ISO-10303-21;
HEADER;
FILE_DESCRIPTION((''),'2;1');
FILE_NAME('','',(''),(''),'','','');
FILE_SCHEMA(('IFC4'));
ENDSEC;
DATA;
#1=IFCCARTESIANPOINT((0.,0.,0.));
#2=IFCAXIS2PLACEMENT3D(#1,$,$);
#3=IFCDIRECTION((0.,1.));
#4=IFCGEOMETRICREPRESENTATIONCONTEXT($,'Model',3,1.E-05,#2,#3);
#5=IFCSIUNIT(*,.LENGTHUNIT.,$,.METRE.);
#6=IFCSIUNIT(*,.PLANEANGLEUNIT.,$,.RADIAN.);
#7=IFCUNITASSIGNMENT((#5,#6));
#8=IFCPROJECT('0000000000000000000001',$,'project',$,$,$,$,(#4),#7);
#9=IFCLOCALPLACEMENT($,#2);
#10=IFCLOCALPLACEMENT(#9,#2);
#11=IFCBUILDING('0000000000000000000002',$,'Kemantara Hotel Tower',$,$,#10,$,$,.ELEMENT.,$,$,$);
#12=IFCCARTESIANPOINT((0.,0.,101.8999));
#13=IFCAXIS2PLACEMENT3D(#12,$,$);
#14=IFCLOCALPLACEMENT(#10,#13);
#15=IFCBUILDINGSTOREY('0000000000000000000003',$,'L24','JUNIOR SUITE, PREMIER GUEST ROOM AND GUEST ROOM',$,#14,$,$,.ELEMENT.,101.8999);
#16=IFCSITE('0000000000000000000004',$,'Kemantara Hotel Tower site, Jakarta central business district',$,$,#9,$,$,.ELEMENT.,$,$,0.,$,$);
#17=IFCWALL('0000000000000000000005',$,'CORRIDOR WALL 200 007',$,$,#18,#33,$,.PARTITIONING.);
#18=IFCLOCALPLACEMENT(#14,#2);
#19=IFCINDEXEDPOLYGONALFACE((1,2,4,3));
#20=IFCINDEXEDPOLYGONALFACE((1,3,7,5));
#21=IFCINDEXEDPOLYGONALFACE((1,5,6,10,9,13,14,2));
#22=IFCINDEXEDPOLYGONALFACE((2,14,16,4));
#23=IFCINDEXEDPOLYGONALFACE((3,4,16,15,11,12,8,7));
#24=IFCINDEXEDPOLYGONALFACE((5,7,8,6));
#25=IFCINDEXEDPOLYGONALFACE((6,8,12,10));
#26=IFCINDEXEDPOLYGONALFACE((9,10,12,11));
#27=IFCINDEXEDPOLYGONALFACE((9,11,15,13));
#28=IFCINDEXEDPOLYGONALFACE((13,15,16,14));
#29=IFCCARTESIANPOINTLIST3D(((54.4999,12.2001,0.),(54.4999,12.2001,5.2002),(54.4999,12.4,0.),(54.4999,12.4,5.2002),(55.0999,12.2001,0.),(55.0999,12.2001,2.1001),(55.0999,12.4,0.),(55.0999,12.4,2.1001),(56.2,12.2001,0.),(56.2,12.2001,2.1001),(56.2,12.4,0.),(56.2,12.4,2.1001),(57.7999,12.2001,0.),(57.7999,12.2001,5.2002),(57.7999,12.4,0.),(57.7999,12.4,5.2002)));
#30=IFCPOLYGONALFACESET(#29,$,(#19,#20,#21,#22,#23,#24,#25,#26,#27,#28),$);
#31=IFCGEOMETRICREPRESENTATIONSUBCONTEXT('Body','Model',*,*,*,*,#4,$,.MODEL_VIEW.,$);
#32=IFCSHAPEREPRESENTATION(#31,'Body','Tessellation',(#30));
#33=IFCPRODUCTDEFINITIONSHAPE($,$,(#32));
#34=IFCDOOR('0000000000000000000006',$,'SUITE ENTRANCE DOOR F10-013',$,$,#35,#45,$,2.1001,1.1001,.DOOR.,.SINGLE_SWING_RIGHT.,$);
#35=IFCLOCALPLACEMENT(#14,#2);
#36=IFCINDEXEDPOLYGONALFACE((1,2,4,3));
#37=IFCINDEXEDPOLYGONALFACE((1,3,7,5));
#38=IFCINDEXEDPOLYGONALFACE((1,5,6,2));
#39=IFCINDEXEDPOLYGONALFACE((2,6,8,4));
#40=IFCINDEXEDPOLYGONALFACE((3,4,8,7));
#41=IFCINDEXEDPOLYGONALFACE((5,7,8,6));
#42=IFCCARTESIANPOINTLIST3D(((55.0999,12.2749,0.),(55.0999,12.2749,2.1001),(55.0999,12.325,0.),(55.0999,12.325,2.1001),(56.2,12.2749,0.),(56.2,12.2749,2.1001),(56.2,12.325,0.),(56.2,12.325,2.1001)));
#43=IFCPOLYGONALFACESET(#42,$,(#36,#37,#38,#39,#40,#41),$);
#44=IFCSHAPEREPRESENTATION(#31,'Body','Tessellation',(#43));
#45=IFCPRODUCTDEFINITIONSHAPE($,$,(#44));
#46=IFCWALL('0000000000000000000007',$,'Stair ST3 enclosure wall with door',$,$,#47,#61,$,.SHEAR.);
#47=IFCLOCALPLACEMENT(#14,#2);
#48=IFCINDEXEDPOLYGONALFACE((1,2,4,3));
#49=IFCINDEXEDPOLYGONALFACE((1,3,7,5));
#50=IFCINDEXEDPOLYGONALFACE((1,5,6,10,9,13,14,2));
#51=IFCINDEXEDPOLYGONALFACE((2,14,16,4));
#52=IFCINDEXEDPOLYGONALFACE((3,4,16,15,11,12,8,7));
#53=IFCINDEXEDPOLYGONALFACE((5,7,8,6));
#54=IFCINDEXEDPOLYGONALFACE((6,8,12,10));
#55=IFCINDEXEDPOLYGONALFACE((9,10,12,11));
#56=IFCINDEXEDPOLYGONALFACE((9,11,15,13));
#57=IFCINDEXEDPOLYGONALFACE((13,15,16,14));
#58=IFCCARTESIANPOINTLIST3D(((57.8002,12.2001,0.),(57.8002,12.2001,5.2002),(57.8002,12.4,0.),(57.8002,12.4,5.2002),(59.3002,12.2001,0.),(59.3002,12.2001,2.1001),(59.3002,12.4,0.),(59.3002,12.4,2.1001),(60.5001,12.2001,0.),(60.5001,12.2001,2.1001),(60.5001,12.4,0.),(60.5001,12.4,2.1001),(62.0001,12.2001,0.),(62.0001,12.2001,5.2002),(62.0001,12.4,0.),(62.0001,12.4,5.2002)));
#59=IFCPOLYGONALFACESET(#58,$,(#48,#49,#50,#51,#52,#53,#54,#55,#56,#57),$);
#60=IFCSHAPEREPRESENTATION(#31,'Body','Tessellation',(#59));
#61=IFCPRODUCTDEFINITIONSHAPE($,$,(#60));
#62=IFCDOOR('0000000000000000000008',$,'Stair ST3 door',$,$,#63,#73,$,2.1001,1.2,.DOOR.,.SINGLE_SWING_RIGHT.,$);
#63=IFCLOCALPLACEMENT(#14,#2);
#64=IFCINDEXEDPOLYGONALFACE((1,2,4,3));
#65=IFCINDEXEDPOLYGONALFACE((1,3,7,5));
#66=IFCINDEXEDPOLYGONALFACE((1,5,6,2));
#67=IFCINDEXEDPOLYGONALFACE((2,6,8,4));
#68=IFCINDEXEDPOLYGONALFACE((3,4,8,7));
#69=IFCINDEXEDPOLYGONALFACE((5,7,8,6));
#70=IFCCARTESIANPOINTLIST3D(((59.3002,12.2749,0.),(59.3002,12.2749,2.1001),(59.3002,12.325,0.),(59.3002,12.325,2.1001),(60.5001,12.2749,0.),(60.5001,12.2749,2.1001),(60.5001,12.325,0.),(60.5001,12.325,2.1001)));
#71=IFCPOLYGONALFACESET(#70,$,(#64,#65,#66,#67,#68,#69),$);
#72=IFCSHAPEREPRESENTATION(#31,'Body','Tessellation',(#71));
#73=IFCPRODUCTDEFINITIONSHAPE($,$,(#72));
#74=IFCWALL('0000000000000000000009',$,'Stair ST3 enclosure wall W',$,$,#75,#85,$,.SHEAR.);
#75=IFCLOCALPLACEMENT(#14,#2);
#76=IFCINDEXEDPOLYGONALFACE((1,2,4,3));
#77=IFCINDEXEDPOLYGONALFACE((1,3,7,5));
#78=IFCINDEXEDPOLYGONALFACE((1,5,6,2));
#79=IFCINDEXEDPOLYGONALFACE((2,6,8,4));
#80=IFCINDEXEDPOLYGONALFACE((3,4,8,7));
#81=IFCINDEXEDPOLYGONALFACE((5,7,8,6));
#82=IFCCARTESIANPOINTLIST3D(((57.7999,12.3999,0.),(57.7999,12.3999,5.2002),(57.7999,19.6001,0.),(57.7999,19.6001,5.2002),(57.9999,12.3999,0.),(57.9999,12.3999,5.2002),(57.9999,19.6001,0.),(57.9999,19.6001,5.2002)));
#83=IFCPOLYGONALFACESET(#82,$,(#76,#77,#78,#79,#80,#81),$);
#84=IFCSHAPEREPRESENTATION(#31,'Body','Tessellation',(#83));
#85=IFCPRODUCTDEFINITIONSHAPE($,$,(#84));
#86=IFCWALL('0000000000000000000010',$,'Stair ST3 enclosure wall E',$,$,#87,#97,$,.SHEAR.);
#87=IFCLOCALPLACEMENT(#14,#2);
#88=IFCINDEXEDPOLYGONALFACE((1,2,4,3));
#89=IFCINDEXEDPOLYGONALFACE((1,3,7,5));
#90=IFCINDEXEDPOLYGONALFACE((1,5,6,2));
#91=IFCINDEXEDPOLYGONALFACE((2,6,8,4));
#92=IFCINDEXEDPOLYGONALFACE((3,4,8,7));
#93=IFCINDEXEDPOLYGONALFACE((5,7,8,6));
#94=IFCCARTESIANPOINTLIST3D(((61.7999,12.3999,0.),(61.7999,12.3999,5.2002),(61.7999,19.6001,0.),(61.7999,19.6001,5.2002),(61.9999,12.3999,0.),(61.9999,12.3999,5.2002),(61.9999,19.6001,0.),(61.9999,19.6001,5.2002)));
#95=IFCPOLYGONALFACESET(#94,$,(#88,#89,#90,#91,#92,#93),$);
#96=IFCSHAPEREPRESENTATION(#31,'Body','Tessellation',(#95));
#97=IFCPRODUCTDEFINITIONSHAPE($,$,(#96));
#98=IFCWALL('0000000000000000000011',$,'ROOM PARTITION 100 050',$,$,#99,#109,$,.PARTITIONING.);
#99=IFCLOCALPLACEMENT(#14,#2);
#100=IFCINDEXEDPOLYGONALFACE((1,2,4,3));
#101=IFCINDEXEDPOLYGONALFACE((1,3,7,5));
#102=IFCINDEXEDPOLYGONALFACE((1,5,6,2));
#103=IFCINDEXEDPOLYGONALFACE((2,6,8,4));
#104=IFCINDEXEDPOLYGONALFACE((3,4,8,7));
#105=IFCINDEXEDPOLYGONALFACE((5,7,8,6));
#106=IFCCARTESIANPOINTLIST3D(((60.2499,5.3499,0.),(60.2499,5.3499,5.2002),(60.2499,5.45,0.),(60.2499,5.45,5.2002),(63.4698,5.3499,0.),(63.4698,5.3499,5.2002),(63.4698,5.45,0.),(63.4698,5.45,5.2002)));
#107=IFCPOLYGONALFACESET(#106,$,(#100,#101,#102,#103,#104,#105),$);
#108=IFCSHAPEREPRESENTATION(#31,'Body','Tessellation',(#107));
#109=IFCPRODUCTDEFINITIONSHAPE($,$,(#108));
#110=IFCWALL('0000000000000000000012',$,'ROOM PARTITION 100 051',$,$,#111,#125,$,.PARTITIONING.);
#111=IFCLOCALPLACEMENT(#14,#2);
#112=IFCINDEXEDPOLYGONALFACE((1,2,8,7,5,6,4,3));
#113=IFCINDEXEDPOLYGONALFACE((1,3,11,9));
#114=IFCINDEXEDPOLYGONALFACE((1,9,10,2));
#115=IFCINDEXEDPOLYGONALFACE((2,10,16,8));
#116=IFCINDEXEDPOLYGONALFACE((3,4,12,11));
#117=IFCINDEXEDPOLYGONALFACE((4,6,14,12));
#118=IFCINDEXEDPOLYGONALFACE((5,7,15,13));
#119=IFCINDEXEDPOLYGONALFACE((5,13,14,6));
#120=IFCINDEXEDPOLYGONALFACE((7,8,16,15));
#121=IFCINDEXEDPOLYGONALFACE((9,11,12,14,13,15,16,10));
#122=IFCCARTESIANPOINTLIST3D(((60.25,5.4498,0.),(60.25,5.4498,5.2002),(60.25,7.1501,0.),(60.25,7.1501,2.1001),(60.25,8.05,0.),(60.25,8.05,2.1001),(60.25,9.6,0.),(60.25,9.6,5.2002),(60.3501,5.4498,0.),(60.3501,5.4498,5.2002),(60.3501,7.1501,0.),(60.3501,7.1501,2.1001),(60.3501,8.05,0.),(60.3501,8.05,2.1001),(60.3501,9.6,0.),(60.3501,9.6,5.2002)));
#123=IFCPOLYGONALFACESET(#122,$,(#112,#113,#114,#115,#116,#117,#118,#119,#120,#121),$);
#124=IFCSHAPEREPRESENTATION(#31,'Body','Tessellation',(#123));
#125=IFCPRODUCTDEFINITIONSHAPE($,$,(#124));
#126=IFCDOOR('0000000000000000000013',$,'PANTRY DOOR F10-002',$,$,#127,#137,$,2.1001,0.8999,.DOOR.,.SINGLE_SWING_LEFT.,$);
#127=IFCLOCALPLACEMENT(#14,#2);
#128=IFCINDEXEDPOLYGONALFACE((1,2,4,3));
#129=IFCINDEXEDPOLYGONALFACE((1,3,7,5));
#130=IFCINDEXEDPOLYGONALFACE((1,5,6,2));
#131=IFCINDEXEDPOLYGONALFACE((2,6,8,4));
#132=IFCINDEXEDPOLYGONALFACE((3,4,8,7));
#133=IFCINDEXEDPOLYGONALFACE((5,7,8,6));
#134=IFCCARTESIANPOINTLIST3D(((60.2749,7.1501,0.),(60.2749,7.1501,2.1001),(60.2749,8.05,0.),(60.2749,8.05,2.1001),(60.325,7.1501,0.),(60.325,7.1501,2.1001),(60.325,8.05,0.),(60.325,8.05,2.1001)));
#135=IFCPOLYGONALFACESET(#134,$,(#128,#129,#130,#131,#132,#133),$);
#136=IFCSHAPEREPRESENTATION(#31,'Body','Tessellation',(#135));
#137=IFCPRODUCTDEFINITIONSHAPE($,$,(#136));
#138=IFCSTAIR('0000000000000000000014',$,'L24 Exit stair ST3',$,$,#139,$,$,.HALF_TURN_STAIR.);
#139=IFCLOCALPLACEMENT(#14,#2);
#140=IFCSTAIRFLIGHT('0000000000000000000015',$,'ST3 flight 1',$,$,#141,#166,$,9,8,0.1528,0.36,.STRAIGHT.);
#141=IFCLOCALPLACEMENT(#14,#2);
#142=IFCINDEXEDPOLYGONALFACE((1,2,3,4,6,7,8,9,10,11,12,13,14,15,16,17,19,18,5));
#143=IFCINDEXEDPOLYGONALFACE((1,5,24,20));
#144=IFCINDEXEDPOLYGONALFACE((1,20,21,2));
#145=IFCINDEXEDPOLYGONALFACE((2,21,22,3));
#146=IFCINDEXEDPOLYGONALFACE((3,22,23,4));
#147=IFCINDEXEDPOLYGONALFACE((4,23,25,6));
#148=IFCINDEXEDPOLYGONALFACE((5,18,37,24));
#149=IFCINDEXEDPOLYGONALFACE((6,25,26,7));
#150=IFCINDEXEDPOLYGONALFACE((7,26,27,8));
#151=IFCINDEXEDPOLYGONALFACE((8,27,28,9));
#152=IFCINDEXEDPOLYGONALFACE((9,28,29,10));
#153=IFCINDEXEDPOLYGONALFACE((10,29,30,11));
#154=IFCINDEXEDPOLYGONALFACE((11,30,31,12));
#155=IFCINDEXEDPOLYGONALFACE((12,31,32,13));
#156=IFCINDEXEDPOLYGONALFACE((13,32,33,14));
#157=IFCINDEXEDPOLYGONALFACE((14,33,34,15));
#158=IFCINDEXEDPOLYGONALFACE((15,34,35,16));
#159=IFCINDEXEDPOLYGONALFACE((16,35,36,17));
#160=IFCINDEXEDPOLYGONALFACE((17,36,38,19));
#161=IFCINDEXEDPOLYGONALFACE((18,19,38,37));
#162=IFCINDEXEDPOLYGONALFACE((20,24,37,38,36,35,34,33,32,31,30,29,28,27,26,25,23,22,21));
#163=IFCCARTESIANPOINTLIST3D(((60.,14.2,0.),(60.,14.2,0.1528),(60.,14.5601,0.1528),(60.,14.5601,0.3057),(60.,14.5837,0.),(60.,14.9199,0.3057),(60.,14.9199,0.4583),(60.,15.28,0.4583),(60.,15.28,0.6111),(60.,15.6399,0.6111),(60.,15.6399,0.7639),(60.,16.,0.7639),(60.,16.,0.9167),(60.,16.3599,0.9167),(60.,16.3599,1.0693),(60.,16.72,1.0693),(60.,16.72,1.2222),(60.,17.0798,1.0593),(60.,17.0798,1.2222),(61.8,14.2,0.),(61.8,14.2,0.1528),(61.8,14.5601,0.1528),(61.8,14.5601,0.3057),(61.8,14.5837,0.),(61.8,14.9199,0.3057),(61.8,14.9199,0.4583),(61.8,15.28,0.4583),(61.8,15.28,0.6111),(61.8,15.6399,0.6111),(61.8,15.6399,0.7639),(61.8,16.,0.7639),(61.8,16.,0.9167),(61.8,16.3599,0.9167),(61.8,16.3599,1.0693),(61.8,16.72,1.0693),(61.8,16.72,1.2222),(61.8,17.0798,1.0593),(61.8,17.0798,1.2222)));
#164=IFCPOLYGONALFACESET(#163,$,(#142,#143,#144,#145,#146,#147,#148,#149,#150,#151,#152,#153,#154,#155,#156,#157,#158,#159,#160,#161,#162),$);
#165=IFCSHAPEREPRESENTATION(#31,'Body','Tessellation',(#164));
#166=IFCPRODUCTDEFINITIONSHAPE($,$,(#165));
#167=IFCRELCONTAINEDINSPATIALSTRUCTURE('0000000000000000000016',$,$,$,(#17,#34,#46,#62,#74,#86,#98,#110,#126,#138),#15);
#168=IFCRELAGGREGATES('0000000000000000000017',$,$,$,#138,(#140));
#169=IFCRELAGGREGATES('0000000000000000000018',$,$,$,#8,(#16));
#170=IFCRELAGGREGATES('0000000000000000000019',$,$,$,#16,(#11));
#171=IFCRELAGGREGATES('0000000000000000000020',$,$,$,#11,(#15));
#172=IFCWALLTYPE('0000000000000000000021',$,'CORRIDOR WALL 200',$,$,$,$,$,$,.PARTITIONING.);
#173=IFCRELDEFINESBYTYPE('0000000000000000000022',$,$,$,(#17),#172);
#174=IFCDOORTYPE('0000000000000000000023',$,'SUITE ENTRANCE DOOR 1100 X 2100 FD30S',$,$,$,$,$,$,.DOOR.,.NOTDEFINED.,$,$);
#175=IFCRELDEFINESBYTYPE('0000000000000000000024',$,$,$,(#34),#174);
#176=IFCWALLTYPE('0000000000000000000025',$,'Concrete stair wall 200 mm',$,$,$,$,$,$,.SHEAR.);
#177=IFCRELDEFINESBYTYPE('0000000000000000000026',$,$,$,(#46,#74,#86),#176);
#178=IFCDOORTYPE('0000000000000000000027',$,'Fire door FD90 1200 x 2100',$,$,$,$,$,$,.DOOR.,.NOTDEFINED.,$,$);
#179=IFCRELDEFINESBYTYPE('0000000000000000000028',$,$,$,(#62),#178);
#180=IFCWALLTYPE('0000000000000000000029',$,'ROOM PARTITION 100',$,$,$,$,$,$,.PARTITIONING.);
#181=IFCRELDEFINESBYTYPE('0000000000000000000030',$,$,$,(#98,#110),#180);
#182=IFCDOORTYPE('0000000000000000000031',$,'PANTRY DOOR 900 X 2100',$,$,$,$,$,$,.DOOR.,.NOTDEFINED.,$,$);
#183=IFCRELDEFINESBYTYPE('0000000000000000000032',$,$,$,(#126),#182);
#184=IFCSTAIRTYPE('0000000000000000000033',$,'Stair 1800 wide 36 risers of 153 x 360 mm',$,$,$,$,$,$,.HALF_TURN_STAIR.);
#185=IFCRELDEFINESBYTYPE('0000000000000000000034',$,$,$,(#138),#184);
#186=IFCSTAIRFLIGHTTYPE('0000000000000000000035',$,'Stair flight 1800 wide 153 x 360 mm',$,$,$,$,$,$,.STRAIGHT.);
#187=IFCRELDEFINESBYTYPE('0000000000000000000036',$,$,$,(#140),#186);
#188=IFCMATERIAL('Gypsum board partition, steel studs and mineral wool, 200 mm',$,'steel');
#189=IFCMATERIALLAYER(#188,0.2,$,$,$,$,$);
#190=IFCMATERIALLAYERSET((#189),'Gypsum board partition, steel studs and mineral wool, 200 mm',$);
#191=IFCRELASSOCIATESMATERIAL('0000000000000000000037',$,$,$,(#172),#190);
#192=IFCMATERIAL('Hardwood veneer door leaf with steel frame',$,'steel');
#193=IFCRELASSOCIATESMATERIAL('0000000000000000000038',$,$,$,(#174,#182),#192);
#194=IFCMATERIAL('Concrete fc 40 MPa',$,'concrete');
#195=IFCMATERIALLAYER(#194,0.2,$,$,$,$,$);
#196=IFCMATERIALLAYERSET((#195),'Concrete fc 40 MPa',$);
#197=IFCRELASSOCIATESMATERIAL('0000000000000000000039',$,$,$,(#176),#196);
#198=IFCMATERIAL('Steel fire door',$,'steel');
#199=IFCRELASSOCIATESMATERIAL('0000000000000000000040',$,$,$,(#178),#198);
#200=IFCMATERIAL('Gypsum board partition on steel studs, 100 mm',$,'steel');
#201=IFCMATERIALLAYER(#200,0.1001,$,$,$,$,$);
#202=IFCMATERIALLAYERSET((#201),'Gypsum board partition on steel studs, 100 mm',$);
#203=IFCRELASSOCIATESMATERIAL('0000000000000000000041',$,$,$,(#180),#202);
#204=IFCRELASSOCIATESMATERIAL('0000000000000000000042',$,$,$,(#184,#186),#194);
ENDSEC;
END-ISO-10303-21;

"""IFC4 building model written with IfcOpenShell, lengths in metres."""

from ifc_helpers import new_model, si_unit, direction, frame, frame_2d, origin, place, context, subcontext, project, spatial, polyline, rectangle, outline, extrude, material, layer, layer_set, type_object, element, fill, aggregate, save


model = new_model("IFC4")

# Units and contexts
model_context = context("Model", 3, precision=1e-05, world=origin(), true_north=direction((0.0, 1.0)))
body_context = subcontext(model_context, "Body", "Model", "MODEL_VIEW")
ifc_project = project(units=[si_unit("LENGTHUNIT", "METRE"), si_unit("PLANEANGLEUNIT", "RADIAN")], contexts=[model_context])

# Site, building, storey
site_placement = place(None, origin())
site = spatial("IfcSite", under=ifc_project, at=site_placement, Name="Kemantara Hotel Tower site, Jakarta central business district", CompositionType="ELEMENT", RefElevation=0.0)
building_placement = place(site_placement, origin())
building = spatial("IfcBuilding", under=site, at=building_placement, Name="Kemantara Hotel Tower", CompositionType="ELEMENT")
storey_placement = place(building_placement, frame((0.0, 0.0, 101.8999)))
storey = spatial("IfcBuildingStorey", under=building, at=storey_placement, Name="L24", Description="JUNIOR SUITE, PREMIER GUEST ROOM AND GUEST ROOM", CompositionType="ELEMENT", Elevation=101.8999)

# Shared definitions
ifc_material_1 = material(Name="Gypsum board partition, steel studs and mineral wool, 200 mm", Category="steel")
ifc_layer_1 = layer(ifc_material_1, 0.2)
ifc_layer_set_1 = layer_set([ifc_layer_1], Name="Gypsum board partition, steel studs and mineral wool, 200 mm")
wall_type_1 = type_object("IfcWallType", Name="CORRIDOR WALL 200", PredefinedType="PARTITIONING", material=ifc_layer_set_1)

# Walls, openings, doors
wall_1_placement = place(storey_placement, frame((54.5, 12.3, 0.0), z_axis=(0.0, 0.0, 1.0), x_axis=(1.0, 0.0, 0.0)))
wall_1 = element("IfcWall", 1, at=wall_1_placement, inside=storey, type_object=wall_type_1, Name="CORRIDOR WALL 200 007", PredefinedType="PARTITIONING", context=body_context, shape_type="SweptSolid", body=[
    extrude(rectangle(XDim=3.3, YDim=0.2, at=frame_2d((1.6499, 0.0))), origin(), (0.0, 0.0, 1.0), 5.2002),
])
opening_1_placement = place(wall_1_placement, frame((0.5999, 0.0, 0.0)))
opening_1 = element("IfcOpeningElement", 2, at=opening_1_placement, cuts=wall_1, PredefinedType="OPENING", context=body_context, shape_type="SweptSolid", body=[
    extrude(rectangle(XDim=1.1001, YDim=2.1001, at=frame_2d((0.55, 1.05))), frame((0.0, 0.1099, 0.0), z_axis=(0.0, -1.0, 0.0), x_axis=(1.0, 0.0, 0.0)), (0.0, 0.0, 1.0), 0.22),
])
ifc_material_2 = material(Name="Hardwood veneer door leaf with steel frame", Category="steel")
door_type_1 = type_object("IfcDoorType", Name="SUITE ENTRANCE DOOR 1100 X 2100 FD30S", OperationType="NOTDEFINED", PredefinedType="DOOR", material=ifc_material_2)
door_1_placement = place(opening_1_placement, origin())
door_1 = element("IfcDoor", 3, at=door_1_placement, inside=storey, type_object=door_type_1, Name="SUITE ENTRANCE DOOR F10-013", OperationType="SINGLE_SWING_RIGHT", OverallHeight=2.1001, OverallWidth=1.1001, PredefinedType="DOOR", context=body_context, shape_type="SweptSolid", body=[
    extrude(rectangle(XDim=1.1001, YDim=2.1001, at=frame_2d((0.55, 1.05))), frame((0.0, 0.0249, 0.0), z_axis=(0.0, -1.0, 0.0), x_axis=(1.0, 0.0, 0.0)), (0.0, 0.0, 1.0), 0.05),
])
fill(opening_1, door_1)
ifc_material_3 = material(Name="Concrete fc 40 MPa", Category="concrete")
ifc_layer_2 = layer(ifc_material_3, 0.2)
ifc_layer_set_2 = layer_set([ifc_layer_2], Name="Concrete fc 40 MPa")
wall_type_2 = type_object("IfcWallType", Name="Concrete stair wall 200 mm", PredefinedType="SHEAR", material=ifc_layer_set_2)
wall_2_placement = place(storey_placement, frame((57.8, 12.3, 0.0), z_axis=(0.0, 0.0, 1.0), x_axis=(1.0, 0.0, 0.0)))
wall_2 = element("IfcWall", 4, at=wall_2_placement, inside=storey, type_object=wall_type_2, Name="Stair ST3 enclosure wall with door", PredefinedType="SHEAR", context=body_context, shape_type="SweptSolid", body=[
    extrude(rectangle(XDim=4.2, YDim=0.2, at=frame_2d((2.1001, 0.0))), origin(), (0.0, 0.0, 1.0), 5.2002),
])
opening_2_placement = place(wall_2_placement, frame((1.5, 0.0, 0.0)))
opening_2 = element("IfcOpeningElement", 5, at=opening_2_placement, cuts=wall_2, PredefinedType="OPENING", context=body_context, shape_type="SweptSolid", body=[
    extrude(rectangle(XDim=1.2, YDim=2.1001, at=frame_2d((0.6001, 1.05))), frame((0.0, 0.1099, 0.0), z_axis=(0.0, -1.0, 0.0), x_axis=(1.0, 0.0, 0.0)), (0.0, 0.0, 1.0), 0.22),
])
ifc_material_4 = material(Name="Steel fire door", Category="steel")
door_type_2 = type_object("IfcDoorType", Name="Fire door FD90 1200 x 2100", OperationType="NOTDEFINED", PredefinedType="DOOR", material=ifc_material_4)
door_2_placement = place(opening_2_placement, origin())
door_2 = element("IfcDoor", 6, at=door_2_placement, inside=storey, type_object=door_type_2, Name="Stair ST3 door", OperationType="SINGLE_SWING_RIGHT", OverallHeight=2.1001, OverallWidth=1.2, PredefinedType="DOOR", context=body_context, shape_type="SweptSolid", body=[
    extrude(rectangle(XDim=1.2, YDim=2.1001, at=frame_2d((0.6001, 1.05))), frame((0.0, 0.0249, 0.0), z_axis=(0.0, -1.0, 0.0), x_axis=(1.0, 0.0, 0.0)), (0.0, 0.0, 1.0), 0.05),
])
fill(opening_2, door_2)

# Walls
for number, where, z_axis, x_axis, name in (
    (7, (57.8999, 12.3999, 0.0), (0.0, 0.0, 1.0), (0.0, 1.0, 0.0), "Stair ST3 enclosure wall W"),
    (8, (61.8999, 12.3999, 0.0), (0.0, 0.0, 1.0), (0.0, 1.0, 0.0), "Stair ST3 enclosure wall E"),
):
    element("IfcWall", number, at=place(storey_placement, frame(where, z_axis=z_axis, x_axis=x_axis)), inside=storey, type_object=wall_type_2, Name=name, PredefinedType="SHEAR", context=body_context, shape_type="SweptSolid", body=[
        extrude(rectangle(XDim=7.2002, YDim=0.2, at=frame_2d((3.6001, 0.0))), origin(), (0.0, 0.0, 1.0), 5.2002),
    ])
ifc_material_5 = material(Name="Gypsum board partition on steel studs, 100 mm", Category="steel")
ifc_layer_3 = layer(ifc_material_5, 0.1001)
ifc_layer_set_3 = layer_set([ifc_layer_3], Name="Gypsum board partition on steel studs, 100 mm")
wall_type_3 = type_object("IfcWallType", Name="ROOM PARTITION 100", PredefinedType="PARTITIONING", material=ifc_layer_set_3)
wall_3_placement = place(storey_placement, frame((60.25, 5.3999, 0.0), z_axis=(0.0, 0.0, 1.0), x_axis=(1.0, 0.0, 0.0)))
element("IfcWall", 9, at=wall_3_placement, inside=storey, type_object=wall_type_3, Name="ROOM PARTITION 100 050", PredefinedType="PARTITIONING", context=body_context, shape_type="SweptSolid", body=[
    extrude(rectangle(XDim=3.22, YDim=0.1001, at=frame_2d((1.6099, 0.0))), origin(), (0.0, 0.0, 1.0), 5.2002),
])

# Wall, opening, door
wall_4_placement = place(storey_placement, frame((60.3, 9.6001, 0.0), z_axis=(0.0, 0.0, 1.0), x_axis=(0.0, -1.0, 0.0)))
wall_4 = element("IfcWall", 10, at=wall_4_placement, inside=storey, type_object=wall_type_3, Name="ROOM PARTITION 100 051", PredefinedType="PARTITIONING", context=body_context, shape_type="SweptSolid", body=[
    extrude(rectangle(XDim=4.1501, YDim=0.1001, at=frame_2d((2.0752, 0.0))), origin(), (0.0, 0.0, 1.0), 5.2002),
])
opening_3_placement = place(wall_4_placement, frame((1.55, 0.0, 0.0)))
opening_3 = element("IfcOpeningElement", 11, at=opening_3_placement, cuts=wall_4, PredefinedType="OPENING", context=body_context, shape_type="SweptSolid", body=[
    extrude(rectangle(XDim=0.8999, YDim=2.1001, at=frame_2d((0.45, 1.05))), frame((0.0, 0.0601, 0.0), z_axis=(0.0, -1.0, 0.0), x_axis=(1.0, 0.0, 0.0)), (0.0, 0.0, 1.0), 0.1201),
])
door_type_3 = type_object("IfcDoorType", Name="PANTRY DOOR 900 X 2100", OperationType="NOTDEFINED", PredefinedType="DOOR", material=ifc_material_2)
door_3_placement = place(opening_3_placement, origin())
door_3 = element("IfcDoor", 12, at=door_3_placement, inside=storey, type_object=door_type_3, Name="PANTRY DOOR F10-002", OperationType="SINGLE_SWING_LEFT", OverallHeight=2.1001, OverallWidth=0.8999, PredefinedType="DOOR", context=body_context, shape_type="SweptSolid", body=[
    extrude(rectangle(XDim=0.8999, YDim=2.1001, at=frame_2d((0.45, 1.05))), frame((0.0, 0.0249, 0.0), z_axis=(0.0, -1.0, 0.0), x_axis=(1.0, 0.0, 0.0)), (0.0, 0.0, 1.0), 0.05),
])
fill(opening_3, door_3)

# Stair, stair flight
stair_type = type_object("IfcStairType", Name="Stair 1800 wide 36 risers of 153 x 360 mm", PredefinedType="HALF_TURN_STAIR", material=ifc_material_3)
stair_placement = place(storey_placement, origin())
stair = element("IfcStair", 13, at=stair_placement, inside=storey, type_object=stair_type, Name="L24 Exit stair ST3", PredefinedType="HALF_TURN_STAIR")
stair_flight_type = type_object("IfcStairFlightType", Name="Stair flight 1800 wide 153 x 360 mm", PredefinedType="STRAIGHT", material=ifc_material_3)
stair_flight_1_placement = place(storey_placement, frame((60.8999, 14.2, 0.0), z_axis=(0.0, 0.0, 1.0), x_axis=(0.0, 1.0, 0.0)))
stair_flight_1 = element("IfcStairFlight", 14, at=stair_flight_1_placement, type_object=stair_flight_type, Name="ST3 flight 1", NumberOfRisers=9, NumberOfTreads=8, PredefinedType="STRAIGHT", RiserHeight=0.1528, TreadLength=0.36, context=body_context, shape_type="SweptSolid", body=[
    extrude(outline(polyline([(0.0, 0.0), (0.0, 0.1528), (0.3601, 0.1528), (0.3601, 0.3057), (0.72, 0.3057), (0.72, 0.4583), (1.0801, 0.4583), (1.0801, 0.6111), (1.4399, 0.6111), (1.4399, 0.7639), (1.8, 0.7639), (1.8, 0.9167), (2.1599, 0.9167), (2.1599, 1.0693), (2.52, 1.0693), (2.52, 1.2222), (2.8799, 1.2222), (2.8799, 1.375), (2.8799, 1.0593), (0.3838, 0.0), (0.0, 0.0)])), frame((0.0, 0.8999, 0.0), z_axis=(0.0, -1.0, 0.0), x_axis=(1.0, 0.0, 0.0)), (0.0, 0.0, 1.0), 1.8),
])
aggregate(stair, [stair_flight_1])

save(model, "model.ifc")
